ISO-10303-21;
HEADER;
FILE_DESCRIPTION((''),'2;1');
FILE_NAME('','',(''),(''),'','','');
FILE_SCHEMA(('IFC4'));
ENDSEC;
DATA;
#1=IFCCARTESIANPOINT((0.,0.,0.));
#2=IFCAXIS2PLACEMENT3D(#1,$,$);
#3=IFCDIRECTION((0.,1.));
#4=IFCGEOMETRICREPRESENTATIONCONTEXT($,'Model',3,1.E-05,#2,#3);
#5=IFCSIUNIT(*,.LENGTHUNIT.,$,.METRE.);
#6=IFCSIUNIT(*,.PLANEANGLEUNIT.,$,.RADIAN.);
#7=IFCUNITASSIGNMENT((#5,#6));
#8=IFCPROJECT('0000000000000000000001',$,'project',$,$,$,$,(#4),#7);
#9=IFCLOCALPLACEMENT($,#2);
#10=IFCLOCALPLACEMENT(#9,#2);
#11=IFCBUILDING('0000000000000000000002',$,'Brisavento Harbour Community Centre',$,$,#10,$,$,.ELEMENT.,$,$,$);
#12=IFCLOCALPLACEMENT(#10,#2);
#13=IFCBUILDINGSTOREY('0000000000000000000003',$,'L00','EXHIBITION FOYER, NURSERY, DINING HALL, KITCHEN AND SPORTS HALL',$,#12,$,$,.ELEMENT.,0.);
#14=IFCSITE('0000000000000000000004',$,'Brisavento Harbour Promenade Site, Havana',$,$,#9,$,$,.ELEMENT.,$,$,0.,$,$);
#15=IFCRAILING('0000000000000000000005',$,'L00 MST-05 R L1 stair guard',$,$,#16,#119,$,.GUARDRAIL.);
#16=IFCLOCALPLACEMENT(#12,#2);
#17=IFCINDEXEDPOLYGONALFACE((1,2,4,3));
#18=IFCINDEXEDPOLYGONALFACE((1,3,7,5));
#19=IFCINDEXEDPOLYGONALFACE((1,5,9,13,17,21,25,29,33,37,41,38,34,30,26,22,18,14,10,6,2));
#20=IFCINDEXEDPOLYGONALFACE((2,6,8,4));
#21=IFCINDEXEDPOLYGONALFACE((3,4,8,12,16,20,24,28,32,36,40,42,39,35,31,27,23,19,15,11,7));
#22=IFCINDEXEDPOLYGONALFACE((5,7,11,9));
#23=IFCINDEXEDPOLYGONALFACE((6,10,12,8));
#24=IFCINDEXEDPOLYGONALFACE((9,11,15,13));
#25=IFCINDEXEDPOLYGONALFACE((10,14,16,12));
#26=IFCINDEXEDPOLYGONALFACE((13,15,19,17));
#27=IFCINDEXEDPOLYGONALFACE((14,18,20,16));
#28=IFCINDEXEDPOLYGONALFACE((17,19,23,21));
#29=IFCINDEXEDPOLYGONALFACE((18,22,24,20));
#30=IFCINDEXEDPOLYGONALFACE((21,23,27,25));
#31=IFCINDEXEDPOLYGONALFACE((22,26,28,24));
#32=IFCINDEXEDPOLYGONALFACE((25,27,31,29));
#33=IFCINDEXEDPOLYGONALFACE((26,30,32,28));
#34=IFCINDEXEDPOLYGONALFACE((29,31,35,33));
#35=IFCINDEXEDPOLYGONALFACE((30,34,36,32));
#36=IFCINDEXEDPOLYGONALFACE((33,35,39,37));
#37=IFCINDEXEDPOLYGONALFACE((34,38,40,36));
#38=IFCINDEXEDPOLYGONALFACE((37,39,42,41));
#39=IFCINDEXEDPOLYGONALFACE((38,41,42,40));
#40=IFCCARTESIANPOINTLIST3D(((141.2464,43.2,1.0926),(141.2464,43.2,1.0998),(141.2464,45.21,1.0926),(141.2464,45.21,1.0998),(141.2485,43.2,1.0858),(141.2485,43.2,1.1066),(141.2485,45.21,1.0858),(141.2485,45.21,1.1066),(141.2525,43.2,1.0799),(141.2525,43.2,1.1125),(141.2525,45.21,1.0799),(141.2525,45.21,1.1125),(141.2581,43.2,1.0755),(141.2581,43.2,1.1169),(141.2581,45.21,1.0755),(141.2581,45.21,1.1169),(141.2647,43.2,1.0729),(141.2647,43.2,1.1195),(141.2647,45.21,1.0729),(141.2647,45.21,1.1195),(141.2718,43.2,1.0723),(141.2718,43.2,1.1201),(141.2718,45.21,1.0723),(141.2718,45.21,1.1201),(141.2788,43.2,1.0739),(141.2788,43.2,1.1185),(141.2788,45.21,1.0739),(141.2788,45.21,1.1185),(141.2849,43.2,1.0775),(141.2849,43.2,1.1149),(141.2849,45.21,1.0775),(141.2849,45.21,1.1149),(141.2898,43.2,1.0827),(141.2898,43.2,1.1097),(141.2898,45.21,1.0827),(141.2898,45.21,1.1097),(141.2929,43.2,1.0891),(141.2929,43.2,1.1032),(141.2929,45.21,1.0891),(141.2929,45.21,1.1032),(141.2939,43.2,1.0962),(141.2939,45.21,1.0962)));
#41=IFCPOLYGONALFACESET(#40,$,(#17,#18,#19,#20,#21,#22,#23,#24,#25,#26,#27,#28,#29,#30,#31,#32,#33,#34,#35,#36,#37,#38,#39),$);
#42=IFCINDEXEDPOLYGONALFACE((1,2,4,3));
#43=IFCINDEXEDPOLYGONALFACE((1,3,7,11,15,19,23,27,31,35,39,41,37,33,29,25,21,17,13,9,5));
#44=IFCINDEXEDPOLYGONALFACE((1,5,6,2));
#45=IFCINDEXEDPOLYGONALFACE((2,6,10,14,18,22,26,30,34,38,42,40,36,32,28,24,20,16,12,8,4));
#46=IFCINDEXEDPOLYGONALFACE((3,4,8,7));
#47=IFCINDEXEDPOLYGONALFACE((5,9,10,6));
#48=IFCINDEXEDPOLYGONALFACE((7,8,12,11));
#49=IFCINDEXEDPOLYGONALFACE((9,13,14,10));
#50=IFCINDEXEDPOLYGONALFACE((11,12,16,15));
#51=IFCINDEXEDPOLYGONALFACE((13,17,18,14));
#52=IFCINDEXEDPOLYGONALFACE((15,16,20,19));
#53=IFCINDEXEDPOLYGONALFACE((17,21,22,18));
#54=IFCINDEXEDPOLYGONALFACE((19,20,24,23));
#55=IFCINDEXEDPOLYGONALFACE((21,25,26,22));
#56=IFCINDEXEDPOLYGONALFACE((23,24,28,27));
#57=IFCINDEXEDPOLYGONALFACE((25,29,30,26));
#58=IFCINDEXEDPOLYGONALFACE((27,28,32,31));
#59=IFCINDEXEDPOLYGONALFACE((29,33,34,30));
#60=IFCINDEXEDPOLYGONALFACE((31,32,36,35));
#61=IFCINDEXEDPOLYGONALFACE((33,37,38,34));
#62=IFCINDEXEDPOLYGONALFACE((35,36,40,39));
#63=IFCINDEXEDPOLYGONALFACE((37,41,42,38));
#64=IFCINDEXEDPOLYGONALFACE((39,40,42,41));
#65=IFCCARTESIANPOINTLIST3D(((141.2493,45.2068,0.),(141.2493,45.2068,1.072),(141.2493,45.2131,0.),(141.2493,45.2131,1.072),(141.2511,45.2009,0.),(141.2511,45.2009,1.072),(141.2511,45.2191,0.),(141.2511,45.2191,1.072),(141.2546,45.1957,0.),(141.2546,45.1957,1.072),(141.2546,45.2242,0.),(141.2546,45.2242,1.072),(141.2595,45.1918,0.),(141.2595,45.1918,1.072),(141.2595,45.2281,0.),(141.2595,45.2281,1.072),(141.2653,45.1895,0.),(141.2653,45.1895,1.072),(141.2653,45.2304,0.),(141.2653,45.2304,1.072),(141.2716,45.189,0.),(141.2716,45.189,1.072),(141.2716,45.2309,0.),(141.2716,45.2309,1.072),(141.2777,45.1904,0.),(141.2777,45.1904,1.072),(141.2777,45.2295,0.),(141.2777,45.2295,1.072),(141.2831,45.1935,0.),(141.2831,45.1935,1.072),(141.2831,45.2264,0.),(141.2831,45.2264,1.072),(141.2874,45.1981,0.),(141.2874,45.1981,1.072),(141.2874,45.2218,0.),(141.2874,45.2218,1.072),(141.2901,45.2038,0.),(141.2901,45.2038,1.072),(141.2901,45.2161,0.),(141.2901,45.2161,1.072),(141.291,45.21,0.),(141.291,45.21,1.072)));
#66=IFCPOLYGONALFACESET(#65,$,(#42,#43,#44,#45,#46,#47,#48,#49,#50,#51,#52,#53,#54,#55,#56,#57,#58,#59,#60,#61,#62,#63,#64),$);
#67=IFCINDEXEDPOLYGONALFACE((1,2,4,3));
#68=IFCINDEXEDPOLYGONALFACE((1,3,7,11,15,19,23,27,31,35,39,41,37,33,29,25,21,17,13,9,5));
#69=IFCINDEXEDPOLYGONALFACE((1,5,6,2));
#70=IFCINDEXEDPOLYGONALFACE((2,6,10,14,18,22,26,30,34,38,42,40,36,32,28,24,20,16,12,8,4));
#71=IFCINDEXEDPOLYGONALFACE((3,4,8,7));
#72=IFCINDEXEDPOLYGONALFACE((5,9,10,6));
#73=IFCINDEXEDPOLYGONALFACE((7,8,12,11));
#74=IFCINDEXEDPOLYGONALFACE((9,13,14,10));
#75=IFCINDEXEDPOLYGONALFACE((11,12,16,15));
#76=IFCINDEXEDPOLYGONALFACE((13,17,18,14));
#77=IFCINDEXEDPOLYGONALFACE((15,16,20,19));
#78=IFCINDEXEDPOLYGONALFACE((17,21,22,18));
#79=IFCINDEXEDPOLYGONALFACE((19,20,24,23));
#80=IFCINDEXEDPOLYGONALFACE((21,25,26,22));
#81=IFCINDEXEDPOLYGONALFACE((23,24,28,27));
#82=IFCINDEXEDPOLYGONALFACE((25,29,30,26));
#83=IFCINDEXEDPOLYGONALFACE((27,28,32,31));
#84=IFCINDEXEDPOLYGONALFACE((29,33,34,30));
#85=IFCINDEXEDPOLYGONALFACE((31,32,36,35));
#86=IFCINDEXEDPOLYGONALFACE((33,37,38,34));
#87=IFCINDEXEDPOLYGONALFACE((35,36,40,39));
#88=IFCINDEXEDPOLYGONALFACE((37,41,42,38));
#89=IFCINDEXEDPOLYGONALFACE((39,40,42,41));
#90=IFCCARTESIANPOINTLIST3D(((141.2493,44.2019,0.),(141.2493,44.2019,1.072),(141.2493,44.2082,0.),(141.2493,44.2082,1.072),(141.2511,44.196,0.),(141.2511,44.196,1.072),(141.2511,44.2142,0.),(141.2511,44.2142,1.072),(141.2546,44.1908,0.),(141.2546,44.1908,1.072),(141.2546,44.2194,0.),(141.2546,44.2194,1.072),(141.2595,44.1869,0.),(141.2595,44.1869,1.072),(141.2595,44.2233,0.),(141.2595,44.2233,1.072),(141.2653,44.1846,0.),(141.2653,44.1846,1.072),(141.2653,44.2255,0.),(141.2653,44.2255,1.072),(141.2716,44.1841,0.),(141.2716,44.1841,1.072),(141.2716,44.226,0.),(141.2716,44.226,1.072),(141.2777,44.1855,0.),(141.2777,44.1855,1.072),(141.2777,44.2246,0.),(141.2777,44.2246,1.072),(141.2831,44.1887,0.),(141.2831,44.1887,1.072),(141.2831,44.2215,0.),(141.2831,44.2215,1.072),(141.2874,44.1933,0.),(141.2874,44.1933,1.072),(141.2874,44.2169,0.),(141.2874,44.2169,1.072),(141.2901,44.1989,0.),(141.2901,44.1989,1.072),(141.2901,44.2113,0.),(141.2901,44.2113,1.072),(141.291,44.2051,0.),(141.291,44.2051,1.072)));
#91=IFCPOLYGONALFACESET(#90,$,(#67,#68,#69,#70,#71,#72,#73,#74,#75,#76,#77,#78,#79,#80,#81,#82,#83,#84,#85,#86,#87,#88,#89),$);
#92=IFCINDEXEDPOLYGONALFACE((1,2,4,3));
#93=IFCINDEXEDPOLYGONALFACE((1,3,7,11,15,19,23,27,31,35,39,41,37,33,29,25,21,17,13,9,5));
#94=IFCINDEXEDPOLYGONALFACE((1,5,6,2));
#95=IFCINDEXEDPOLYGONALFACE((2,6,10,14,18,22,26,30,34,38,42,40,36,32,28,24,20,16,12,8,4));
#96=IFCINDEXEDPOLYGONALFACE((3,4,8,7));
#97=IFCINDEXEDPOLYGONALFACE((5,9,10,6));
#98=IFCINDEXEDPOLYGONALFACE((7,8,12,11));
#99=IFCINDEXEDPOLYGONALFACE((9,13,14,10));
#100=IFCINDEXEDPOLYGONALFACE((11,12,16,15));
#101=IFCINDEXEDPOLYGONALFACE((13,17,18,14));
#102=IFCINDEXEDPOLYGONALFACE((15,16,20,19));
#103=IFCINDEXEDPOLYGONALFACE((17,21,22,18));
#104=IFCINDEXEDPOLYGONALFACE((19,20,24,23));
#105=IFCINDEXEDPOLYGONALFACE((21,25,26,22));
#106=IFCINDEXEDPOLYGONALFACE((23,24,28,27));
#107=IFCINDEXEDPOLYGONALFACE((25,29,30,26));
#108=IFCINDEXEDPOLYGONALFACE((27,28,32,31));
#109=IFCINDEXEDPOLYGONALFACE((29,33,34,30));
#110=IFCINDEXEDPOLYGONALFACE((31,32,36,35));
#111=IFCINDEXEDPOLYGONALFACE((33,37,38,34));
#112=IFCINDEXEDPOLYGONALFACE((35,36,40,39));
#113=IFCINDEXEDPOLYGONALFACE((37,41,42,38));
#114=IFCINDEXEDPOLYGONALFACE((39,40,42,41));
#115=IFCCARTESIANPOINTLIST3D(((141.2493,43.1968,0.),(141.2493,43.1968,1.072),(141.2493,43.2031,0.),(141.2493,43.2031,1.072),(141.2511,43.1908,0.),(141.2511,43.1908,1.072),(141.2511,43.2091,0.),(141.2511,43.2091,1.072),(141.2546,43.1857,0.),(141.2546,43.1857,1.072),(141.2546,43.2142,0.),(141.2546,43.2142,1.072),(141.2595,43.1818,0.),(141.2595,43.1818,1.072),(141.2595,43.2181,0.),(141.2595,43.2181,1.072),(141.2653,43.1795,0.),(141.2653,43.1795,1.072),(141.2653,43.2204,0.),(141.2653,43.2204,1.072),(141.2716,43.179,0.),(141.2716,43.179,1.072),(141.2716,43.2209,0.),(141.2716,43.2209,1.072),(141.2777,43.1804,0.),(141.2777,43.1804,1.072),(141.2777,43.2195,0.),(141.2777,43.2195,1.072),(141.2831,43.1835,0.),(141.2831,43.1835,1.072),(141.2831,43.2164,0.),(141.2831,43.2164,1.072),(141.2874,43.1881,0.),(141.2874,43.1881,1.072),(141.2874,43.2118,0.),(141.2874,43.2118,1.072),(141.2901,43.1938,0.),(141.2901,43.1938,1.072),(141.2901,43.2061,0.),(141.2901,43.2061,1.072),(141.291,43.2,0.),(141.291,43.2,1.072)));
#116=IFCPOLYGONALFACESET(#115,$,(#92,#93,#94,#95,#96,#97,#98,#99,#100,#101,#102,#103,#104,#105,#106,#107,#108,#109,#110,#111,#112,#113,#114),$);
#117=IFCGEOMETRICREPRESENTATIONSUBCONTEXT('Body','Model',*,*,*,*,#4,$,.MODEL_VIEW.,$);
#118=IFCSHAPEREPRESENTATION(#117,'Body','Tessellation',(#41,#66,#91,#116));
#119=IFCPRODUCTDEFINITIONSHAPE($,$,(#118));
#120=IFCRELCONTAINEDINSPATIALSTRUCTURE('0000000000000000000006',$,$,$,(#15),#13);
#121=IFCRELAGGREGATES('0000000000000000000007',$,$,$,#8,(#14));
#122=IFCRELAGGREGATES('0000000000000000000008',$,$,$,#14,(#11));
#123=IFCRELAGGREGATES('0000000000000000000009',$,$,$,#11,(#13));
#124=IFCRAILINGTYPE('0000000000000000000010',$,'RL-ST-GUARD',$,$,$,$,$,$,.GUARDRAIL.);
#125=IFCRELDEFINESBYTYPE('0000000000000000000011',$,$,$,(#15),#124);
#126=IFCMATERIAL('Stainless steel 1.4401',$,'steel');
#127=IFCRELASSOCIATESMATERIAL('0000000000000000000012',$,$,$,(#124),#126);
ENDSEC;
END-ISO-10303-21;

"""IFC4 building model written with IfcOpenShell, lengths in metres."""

from ifc_helpers import new_model, si_unit, direction, frame, origin, origin_2d, place, context, subcontext, project, spatial, circle, extrude, material, type_object, element, save


model = new_model("IFC4")

# Units and contexts
model_context = context("Model", 3, precision=1e-05, world=origin(), true_north=direction((0.0, 1.0)))
body_context = subcontext(model_context, "Body", "Model", "MODEL_VIEW")
ifc_project = project(units=[si_unit("LENGTHUNIT", "METRE"), si_unit("PLANEANGLEUNIT", "RADIAN")], contexts=[model_context])

# Site, building, storey
site_placement = place(None, origin())
site = spatial("IfcSite", under=ifc_project, at=site_placement, Name="Brisavento Harbour Promenade Site, Havana", CompositionType="ELEMENT", RefElevation=0.0)
building_placement = place(site_placement, origin())
building = spatial("IfcBuilding", under=site, at=building_placement, Name="Brisavento Harbour Community Centre", CompositionType="ELEMENT")
storey_placement = place(building_placement, origin())
storey = spatial("IfcBuildingStorey", under=building, at=storey_placement, Name="L00", Description="EXHIBITION FOYER, NURSERY, DINING HALL, KITCHEN AND SPORTS HALL", CompositionType="ELEMENT", Elevation=0.0)

# Railing
ifc_material_1 = material(Name="Stainless steel 1.4401", Category="steel")
railing_type = type_object("IfcRailingType", Name="RL-ST-GUARD", PredefinedType="GUARDRAIL", material=ifc_material_1)
railing_1_placement = place(storey_placement, frame((141.27, 45.21, 0.0)))
element("IfcRailing", 1, at=railing_1_placement, inside=storey, type_object=railing_type, Name="L00 MST-05 R L1 stair guard", PredefinedType="GUARDRAIL", context=body_context, shape_type="SweptSolid", body=[
    extrude(circle(Radius=0.0239, at=origin_2d()), frame((0.0, 0.0, 1.0962), z_axis=(0.0, -1.0, 0.0), x_axis=(1.0, 0.0, 0.0)), (0.0, 0.0, 1.0), 2.01),
    extrude(circle(Radius=0.021, at=origin_2d()), origin(), (0.0, 0.0, 1.0), 1.072),
    extrude(circle(Radius=0.021, at=origin_2d()), frame((0.0, -1.0049, 0.0)), (0.0, 0.0, 1.0), 1.072),
    extrude(circle(Radius=0.021, at=origin_2d()), frame((0.0, -2.01, 0.0)), (0.0, 0.0, 1.0), 1.072),
])

save(model, "model.ifc")
